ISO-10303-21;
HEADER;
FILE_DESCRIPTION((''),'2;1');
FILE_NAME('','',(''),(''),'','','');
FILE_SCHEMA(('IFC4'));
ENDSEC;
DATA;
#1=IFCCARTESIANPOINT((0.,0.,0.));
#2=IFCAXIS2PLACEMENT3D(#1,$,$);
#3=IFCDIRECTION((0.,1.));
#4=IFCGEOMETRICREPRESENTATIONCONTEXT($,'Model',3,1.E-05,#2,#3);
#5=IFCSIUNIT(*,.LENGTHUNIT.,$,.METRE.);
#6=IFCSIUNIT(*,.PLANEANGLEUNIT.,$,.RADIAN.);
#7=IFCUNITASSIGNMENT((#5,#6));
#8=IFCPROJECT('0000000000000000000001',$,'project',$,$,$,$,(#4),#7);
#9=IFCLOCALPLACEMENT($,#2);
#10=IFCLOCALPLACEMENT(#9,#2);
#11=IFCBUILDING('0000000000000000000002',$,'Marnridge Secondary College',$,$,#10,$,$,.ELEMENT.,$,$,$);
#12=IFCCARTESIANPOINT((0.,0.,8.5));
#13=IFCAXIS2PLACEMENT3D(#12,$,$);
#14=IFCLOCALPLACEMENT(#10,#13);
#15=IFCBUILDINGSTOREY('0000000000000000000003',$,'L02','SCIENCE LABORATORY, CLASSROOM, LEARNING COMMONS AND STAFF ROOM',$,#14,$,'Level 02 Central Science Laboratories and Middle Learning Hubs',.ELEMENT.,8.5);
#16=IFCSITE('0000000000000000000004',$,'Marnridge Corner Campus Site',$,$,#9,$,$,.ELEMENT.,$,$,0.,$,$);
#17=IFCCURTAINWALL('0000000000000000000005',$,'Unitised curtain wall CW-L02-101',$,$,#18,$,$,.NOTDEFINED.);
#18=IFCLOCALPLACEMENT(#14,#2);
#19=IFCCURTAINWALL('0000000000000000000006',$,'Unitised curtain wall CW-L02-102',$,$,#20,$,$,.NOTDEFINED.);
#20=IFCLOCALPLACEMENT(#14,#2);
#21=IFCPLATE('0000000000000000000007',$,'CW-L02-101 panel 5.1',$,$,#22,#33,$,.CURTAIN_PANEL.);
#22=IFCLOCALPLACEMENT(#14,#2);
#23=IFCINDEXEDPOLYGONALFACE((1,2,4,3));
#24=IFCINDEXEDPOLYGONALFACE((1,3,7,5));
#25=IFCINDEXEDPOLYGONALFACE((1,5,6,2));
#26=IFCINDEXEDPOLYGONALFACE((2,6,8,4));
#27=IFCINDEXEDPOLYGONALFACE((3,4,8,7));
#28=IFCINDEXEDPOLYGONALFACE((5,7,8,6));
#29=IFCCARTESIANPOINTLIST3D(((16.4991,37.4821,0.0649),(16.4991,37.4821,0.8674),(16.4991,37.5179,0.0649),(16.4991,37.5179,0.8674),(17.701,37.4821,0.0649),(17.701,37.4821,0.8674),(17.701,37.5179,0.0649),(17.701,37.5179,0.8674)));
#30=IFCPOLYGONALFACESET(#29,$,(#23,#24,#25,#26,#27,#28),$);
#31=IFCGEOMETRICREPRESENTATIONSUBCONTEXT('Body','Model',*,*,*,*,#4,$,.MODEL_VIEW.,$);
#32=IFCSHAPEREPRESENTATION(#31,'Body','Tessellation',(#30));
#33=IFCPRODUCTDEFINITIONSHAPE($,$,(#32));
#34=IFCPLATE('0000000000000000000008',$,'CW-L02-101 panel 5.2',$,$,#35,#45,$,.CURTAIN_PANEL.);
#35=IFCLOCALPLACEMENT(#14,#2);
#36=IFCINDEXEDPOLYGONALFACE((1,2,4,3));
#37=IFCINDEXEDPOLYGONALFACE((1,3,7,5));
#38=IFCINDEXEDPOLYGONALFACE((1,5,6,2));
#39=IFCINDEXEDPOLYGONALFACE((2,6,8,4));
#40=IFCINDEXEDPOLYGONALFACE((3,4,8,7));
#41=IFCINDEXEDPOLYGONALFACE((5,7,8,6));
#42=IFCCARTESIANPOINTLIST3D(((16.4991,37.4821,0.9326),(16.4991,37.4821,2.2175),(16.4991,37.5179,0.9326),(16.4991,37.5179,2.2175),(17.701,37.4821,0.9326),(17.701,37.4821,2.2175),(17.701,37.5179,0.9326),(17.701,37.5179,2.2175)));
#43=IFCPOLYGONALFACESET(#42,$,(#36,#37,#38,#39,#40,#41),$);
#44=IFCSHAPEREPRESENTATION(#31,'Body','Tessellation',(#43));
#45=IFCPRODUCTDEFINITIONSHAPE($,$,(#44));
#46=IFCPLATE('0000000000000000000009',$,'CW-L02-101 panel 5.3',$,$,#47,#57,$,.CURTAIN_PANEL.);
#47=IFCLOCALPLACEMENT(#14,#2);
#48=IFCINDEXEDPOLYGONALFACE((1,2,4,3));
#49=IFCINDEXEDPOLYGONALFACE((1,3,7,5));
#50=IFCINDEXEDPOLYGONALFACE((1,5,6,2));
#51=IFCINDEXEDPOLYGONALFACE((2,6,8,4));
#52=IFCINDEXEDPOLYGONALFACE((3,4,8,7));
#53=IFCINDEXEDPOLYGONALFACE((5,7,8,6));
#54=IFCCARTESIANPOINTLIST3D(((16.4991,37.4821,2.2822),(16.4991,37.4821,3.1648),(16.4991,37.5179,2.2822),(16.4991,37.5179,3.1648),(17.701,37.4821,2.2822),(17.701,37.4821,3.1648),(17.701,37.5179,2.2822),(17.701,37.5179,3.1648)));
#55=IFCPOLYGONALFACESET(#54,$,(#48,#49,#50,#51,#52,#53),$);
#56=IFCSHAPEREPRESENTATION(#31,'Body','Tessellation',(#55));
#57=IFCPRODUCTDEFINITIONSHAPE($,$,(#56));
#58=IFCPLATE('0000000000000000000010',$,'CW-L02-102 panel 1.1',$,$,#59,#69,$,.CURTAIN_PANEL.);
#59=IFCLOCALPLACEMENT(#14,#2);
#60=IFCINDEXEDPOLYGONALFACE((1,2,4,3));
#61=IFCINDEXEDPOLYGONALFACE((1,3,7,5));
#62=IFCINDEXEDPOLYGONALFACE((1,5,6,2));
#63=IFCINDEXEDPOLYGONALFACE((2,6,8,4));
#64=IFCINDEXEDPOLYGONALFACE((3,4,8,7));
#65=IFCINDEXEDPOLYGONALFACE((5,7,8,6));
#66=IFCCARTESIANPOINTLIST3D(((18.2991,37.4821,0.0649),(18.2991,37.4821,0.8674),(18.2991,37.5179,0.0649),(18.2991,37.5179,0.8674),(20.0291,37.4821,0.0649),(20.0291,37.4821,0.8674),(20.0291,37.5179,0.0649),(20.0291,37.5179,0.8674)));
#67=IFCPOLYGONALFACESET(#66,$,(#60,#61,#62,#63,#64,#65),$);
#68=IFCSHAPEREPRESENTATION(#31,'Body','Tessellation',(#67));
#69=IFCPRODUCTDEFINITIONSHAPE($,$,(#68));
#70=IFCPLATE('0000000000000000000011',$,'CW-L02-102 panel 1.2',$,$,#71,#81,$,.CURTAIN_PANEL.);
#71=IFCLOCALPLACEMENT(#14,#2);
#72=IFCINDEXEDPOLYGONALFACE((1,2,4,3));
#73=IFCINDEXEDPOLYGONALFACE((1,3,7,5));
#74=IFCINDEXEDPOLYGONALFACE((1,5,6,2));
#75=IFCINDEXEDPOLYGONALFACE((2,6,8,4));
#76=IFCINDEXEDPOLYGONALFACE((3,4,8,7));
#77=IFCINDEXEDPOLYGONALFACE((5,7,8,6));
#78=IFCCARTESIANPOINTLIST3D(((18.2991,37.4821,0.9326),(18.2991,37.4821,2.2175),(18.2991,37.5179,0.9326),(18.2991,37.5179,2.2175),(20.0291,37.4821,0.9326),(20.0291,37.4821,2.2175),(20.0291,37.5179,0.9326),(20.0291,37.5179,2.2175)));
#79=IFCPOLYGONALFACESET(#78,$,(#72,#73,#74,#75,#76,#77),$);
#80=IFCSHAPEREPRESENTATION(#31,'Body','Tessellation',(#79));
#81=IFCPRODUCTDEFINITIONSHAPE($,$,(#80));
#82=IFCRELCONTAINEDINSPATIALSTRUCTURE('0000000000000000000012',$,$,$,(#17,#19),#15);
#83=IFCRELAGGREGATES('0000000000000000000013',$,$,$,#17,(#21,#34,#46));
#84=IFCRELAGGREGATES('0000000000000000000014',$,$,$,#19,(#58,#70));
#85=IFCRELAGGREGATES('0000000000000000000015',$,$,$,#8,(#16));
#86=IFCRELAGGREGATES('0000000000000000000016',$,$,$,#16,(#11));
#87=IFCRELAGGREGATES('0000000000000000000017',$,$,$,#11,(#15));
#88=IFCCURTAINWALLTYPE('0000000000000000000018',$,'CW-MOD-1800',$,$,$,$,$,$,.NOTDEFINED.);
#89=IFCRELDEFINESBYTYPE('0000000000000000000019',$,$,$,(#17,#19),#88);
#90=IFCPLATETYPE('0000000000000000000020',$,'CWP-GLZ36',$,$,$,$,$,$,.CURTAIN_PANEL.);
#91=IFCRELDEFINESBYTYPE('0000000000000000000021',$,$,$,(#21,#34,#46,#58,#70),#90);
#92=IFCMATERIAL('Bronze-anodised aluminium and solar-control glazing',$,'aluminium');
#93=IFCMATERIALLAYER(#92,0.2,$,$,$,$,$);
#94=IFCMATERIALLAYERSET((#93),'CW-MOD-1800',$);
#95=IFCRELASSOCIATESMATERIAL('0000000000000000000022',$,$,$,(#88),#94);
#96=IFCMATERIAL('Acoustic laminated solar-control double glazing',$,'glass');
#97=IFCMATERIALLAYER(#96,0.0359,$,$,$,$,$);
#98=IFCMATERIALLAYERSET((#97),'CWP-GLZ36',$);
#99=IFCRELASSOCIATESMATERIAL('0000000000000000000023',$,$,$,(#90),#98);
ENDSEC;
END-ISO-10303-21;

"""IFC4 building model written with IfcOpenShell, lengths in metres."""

from ifc_helpers import new_model, si_unit, direction, frame, origin, origin_2d, place, context, subcontext, project, spatial, rectangle, extrude, material, layer, layer_set, type_object, element, aggregate, save


model = new_model("IFC4")

# Units and contexts
model_context = context("Model", 3, precision=1e-05, world=origin(), true_north=direction((0.0, 1.0)))
body_context = subcontext(model_context, "Body", "Model", "MODEL_VIEW")
ifc_project = project(units=[si_unit("LENGTHUNIT", "METRE"), si_unit("PLANEANGLEUNIT", "RADIAN")], contexts=[model_context])

# Site, building, storey
site_placement = place(None, origin())
site = spatial("IfcSite", under=ifc_project, at=site_placement, Name="Marnridge Corner Campus Site", CompositionType="ELEMENT", RefElevation=0.0)
building_placement = place(site_placement, origin())
building = spatial("IfcBuilding", under=site, at=building_placement, Name="Marnridge Secondary College", CompositionType="ELEMENT")
storey_placement = place(building_placement, frame((0.0, 0.0, 8.5)))
storey = spatial("IfcBuildingStorey", under=building, at=storey_placement, Name="L02", Description="SCIENCE LABORATORY, CLASSROOM, LEARNING COMMONS AND STAFF ROOM", LongName="Level 02 Central Science Laboratories and Middle Learning Hubs", CompositionType="ELEMENT", Elevation=8.5)

# Curtain wall
ifc_material_1 = material(Name="Bronze-anodised aluminium and solar-control glazing", Category="aluminium")
ifc_layer_1 = layer(ifc_material_1, 0.2)
ifc_layer_set_1 = layer_set([ifc_layer_1], Name="CW-MOD-1800")
curtain_wall_type = type_object("IfcCurtainWallType", Name="CW-MOD-1800", PredefinedType="NOTDEFINED", material=ifc_layer_set_1)
curtain_wall_1_placement = place(storey_placement, origin())
curtain_wall_1 = element("IfcCurtainWall", 1, at=curtain_wall_1_placement, inside=storey, type_object=curtain_wall_type, Name="Unitised curtain wall CW-L02-101", PredefinedType="NOTDEFINED")

# Curtain wall
curtain_wall_2_placement = place(storey_placement, origin())
curtain_wall_2 = element("IfcCurtainWall", 2, at=curtain_wall_2_placement, inside=storey, type_object=curtain_wall_type, Name="Unitised curtain wall CW-L02-102", PredefinedType="NOTDEFINED")

# Plates
ifc_material_2 = material(Name="Acoustic laminated solar-control double glazing", Category="glass")
ifc_layer_2 = layer(ifc_material_2, 0.0359)
ifc_layer_set_2 = layer_set([ifc_layer_2], Name="CWP-GLZ36")
plate_type = type_object("IfcPlateType", Name="CWP-GLZ36", PredefinedType="CURTAIN_PANEL", material=ifc_layer_set_2)
plate_1_placement = place(storey_placement, frame((17.1001, 37.5, 0.0649), z_axis=(0.0, 0.0, 1.0), x_axis=(1.0, 0.0, 0.0)))
plate_1 = element("IfcPlate", 3, at=plate_1_placement, type_object=plate_type, Name="CW-L02-101 panel 5.1", PredefinedType="CURTAIN_PANEL", context=body_context, shape_type="SweptSolid", body=[
    extrude(rectangle(XDim=1.2019, YDim=0.0359, at=origin_2d()), origin(), (0.0, 0.0, 1.0), 0.8025),
])
plate_2_placement = place(storey_placement, frame((17.1001, 37.5, 0.9326), z_axis=(0.0, 0.0, 1.0), x_axis=(1.0, 0.0, 0.0)))
plate_2 = element("IfcPlate", 4, at=plate_2_placement, type_object=plate_type, Name="CW-L02-101 panel 5.2", PredefinedType="CURTAIN_PANEL", context=body_context, shape_type="SweptSolid", body=[
    extrude(rectangle(XDim=1.2019, YDim=0.0359, at=origin_2d()), origin(), (0.0, 0.0, 1.0), 1.2849),
])
plate_3_placement = place(storey_placement, frame((17.1001, 37.5, 2.2822), z_axis=(0.0, 0.0, 1.0), x_axis=(1.0, 0.0, 0.0)))
plate_3 = element("IfcPlate", 5, at=plate_3_placement, type_object=plate_type, Name="CW-L02-101 panel 5.3", PredefinedType="CURTAIN_PANEL", context=body_context, shape_type="SweptSolid", body=[
    extrude(rectangle(XDim=1.2019, YDim=0.0359, at=origin_2d()), origin(), (0.0, 0.0, 1.0), 0.8826),
])
aggregate(curtain_wall_1, [plate_1, plate_2, plate_3])
plate_4_placement = place(storey_placement, frame((19.1641, 37.5, 0.0649), z_axis=(0.0, 0.0, 1.0), x_axis=(1.0, 0.0, 0.0)))
plate_4 = element("IfcPlate", 6, at=plate_4_placement, type_object=plate_type, Name="CW-L02-102 panel 1.1", PredefinedType="CURTAIN_PANEL", context=body_context, shape_type="SweptSolid", body=[
    extrude(rectangle(XDim=1.73, YDim=0.0359, at=origin_2d()), origin(), (0.0, 0.0, 1.0), 0.8025),
])
plate_5_placement = place(storey_placement, frame((19.1641, 37.5, 0.9326), z_axis=(0.0, 0.0, 1.0), x_axis=(1.0, 0.0, 0.0)))
plate_5 = element("IfcPlate", 7, at=plate_5_placement, type_object=plate_type, Name="CW-L02-102 panel 1.2", PredefinedType="CURTAIN_PANEL", context=body_context, shape_type="SweptSolid", body=[
    extrude(rectangle(XDim=1.73, YDim=0.0359, at=origin_2d()), origin(), (0.0, 0.0, 1.0), 1.2849),
])
aggregate(curtain_wall_2, [plate_4, plate_5])

save(model, "model.ifc")
